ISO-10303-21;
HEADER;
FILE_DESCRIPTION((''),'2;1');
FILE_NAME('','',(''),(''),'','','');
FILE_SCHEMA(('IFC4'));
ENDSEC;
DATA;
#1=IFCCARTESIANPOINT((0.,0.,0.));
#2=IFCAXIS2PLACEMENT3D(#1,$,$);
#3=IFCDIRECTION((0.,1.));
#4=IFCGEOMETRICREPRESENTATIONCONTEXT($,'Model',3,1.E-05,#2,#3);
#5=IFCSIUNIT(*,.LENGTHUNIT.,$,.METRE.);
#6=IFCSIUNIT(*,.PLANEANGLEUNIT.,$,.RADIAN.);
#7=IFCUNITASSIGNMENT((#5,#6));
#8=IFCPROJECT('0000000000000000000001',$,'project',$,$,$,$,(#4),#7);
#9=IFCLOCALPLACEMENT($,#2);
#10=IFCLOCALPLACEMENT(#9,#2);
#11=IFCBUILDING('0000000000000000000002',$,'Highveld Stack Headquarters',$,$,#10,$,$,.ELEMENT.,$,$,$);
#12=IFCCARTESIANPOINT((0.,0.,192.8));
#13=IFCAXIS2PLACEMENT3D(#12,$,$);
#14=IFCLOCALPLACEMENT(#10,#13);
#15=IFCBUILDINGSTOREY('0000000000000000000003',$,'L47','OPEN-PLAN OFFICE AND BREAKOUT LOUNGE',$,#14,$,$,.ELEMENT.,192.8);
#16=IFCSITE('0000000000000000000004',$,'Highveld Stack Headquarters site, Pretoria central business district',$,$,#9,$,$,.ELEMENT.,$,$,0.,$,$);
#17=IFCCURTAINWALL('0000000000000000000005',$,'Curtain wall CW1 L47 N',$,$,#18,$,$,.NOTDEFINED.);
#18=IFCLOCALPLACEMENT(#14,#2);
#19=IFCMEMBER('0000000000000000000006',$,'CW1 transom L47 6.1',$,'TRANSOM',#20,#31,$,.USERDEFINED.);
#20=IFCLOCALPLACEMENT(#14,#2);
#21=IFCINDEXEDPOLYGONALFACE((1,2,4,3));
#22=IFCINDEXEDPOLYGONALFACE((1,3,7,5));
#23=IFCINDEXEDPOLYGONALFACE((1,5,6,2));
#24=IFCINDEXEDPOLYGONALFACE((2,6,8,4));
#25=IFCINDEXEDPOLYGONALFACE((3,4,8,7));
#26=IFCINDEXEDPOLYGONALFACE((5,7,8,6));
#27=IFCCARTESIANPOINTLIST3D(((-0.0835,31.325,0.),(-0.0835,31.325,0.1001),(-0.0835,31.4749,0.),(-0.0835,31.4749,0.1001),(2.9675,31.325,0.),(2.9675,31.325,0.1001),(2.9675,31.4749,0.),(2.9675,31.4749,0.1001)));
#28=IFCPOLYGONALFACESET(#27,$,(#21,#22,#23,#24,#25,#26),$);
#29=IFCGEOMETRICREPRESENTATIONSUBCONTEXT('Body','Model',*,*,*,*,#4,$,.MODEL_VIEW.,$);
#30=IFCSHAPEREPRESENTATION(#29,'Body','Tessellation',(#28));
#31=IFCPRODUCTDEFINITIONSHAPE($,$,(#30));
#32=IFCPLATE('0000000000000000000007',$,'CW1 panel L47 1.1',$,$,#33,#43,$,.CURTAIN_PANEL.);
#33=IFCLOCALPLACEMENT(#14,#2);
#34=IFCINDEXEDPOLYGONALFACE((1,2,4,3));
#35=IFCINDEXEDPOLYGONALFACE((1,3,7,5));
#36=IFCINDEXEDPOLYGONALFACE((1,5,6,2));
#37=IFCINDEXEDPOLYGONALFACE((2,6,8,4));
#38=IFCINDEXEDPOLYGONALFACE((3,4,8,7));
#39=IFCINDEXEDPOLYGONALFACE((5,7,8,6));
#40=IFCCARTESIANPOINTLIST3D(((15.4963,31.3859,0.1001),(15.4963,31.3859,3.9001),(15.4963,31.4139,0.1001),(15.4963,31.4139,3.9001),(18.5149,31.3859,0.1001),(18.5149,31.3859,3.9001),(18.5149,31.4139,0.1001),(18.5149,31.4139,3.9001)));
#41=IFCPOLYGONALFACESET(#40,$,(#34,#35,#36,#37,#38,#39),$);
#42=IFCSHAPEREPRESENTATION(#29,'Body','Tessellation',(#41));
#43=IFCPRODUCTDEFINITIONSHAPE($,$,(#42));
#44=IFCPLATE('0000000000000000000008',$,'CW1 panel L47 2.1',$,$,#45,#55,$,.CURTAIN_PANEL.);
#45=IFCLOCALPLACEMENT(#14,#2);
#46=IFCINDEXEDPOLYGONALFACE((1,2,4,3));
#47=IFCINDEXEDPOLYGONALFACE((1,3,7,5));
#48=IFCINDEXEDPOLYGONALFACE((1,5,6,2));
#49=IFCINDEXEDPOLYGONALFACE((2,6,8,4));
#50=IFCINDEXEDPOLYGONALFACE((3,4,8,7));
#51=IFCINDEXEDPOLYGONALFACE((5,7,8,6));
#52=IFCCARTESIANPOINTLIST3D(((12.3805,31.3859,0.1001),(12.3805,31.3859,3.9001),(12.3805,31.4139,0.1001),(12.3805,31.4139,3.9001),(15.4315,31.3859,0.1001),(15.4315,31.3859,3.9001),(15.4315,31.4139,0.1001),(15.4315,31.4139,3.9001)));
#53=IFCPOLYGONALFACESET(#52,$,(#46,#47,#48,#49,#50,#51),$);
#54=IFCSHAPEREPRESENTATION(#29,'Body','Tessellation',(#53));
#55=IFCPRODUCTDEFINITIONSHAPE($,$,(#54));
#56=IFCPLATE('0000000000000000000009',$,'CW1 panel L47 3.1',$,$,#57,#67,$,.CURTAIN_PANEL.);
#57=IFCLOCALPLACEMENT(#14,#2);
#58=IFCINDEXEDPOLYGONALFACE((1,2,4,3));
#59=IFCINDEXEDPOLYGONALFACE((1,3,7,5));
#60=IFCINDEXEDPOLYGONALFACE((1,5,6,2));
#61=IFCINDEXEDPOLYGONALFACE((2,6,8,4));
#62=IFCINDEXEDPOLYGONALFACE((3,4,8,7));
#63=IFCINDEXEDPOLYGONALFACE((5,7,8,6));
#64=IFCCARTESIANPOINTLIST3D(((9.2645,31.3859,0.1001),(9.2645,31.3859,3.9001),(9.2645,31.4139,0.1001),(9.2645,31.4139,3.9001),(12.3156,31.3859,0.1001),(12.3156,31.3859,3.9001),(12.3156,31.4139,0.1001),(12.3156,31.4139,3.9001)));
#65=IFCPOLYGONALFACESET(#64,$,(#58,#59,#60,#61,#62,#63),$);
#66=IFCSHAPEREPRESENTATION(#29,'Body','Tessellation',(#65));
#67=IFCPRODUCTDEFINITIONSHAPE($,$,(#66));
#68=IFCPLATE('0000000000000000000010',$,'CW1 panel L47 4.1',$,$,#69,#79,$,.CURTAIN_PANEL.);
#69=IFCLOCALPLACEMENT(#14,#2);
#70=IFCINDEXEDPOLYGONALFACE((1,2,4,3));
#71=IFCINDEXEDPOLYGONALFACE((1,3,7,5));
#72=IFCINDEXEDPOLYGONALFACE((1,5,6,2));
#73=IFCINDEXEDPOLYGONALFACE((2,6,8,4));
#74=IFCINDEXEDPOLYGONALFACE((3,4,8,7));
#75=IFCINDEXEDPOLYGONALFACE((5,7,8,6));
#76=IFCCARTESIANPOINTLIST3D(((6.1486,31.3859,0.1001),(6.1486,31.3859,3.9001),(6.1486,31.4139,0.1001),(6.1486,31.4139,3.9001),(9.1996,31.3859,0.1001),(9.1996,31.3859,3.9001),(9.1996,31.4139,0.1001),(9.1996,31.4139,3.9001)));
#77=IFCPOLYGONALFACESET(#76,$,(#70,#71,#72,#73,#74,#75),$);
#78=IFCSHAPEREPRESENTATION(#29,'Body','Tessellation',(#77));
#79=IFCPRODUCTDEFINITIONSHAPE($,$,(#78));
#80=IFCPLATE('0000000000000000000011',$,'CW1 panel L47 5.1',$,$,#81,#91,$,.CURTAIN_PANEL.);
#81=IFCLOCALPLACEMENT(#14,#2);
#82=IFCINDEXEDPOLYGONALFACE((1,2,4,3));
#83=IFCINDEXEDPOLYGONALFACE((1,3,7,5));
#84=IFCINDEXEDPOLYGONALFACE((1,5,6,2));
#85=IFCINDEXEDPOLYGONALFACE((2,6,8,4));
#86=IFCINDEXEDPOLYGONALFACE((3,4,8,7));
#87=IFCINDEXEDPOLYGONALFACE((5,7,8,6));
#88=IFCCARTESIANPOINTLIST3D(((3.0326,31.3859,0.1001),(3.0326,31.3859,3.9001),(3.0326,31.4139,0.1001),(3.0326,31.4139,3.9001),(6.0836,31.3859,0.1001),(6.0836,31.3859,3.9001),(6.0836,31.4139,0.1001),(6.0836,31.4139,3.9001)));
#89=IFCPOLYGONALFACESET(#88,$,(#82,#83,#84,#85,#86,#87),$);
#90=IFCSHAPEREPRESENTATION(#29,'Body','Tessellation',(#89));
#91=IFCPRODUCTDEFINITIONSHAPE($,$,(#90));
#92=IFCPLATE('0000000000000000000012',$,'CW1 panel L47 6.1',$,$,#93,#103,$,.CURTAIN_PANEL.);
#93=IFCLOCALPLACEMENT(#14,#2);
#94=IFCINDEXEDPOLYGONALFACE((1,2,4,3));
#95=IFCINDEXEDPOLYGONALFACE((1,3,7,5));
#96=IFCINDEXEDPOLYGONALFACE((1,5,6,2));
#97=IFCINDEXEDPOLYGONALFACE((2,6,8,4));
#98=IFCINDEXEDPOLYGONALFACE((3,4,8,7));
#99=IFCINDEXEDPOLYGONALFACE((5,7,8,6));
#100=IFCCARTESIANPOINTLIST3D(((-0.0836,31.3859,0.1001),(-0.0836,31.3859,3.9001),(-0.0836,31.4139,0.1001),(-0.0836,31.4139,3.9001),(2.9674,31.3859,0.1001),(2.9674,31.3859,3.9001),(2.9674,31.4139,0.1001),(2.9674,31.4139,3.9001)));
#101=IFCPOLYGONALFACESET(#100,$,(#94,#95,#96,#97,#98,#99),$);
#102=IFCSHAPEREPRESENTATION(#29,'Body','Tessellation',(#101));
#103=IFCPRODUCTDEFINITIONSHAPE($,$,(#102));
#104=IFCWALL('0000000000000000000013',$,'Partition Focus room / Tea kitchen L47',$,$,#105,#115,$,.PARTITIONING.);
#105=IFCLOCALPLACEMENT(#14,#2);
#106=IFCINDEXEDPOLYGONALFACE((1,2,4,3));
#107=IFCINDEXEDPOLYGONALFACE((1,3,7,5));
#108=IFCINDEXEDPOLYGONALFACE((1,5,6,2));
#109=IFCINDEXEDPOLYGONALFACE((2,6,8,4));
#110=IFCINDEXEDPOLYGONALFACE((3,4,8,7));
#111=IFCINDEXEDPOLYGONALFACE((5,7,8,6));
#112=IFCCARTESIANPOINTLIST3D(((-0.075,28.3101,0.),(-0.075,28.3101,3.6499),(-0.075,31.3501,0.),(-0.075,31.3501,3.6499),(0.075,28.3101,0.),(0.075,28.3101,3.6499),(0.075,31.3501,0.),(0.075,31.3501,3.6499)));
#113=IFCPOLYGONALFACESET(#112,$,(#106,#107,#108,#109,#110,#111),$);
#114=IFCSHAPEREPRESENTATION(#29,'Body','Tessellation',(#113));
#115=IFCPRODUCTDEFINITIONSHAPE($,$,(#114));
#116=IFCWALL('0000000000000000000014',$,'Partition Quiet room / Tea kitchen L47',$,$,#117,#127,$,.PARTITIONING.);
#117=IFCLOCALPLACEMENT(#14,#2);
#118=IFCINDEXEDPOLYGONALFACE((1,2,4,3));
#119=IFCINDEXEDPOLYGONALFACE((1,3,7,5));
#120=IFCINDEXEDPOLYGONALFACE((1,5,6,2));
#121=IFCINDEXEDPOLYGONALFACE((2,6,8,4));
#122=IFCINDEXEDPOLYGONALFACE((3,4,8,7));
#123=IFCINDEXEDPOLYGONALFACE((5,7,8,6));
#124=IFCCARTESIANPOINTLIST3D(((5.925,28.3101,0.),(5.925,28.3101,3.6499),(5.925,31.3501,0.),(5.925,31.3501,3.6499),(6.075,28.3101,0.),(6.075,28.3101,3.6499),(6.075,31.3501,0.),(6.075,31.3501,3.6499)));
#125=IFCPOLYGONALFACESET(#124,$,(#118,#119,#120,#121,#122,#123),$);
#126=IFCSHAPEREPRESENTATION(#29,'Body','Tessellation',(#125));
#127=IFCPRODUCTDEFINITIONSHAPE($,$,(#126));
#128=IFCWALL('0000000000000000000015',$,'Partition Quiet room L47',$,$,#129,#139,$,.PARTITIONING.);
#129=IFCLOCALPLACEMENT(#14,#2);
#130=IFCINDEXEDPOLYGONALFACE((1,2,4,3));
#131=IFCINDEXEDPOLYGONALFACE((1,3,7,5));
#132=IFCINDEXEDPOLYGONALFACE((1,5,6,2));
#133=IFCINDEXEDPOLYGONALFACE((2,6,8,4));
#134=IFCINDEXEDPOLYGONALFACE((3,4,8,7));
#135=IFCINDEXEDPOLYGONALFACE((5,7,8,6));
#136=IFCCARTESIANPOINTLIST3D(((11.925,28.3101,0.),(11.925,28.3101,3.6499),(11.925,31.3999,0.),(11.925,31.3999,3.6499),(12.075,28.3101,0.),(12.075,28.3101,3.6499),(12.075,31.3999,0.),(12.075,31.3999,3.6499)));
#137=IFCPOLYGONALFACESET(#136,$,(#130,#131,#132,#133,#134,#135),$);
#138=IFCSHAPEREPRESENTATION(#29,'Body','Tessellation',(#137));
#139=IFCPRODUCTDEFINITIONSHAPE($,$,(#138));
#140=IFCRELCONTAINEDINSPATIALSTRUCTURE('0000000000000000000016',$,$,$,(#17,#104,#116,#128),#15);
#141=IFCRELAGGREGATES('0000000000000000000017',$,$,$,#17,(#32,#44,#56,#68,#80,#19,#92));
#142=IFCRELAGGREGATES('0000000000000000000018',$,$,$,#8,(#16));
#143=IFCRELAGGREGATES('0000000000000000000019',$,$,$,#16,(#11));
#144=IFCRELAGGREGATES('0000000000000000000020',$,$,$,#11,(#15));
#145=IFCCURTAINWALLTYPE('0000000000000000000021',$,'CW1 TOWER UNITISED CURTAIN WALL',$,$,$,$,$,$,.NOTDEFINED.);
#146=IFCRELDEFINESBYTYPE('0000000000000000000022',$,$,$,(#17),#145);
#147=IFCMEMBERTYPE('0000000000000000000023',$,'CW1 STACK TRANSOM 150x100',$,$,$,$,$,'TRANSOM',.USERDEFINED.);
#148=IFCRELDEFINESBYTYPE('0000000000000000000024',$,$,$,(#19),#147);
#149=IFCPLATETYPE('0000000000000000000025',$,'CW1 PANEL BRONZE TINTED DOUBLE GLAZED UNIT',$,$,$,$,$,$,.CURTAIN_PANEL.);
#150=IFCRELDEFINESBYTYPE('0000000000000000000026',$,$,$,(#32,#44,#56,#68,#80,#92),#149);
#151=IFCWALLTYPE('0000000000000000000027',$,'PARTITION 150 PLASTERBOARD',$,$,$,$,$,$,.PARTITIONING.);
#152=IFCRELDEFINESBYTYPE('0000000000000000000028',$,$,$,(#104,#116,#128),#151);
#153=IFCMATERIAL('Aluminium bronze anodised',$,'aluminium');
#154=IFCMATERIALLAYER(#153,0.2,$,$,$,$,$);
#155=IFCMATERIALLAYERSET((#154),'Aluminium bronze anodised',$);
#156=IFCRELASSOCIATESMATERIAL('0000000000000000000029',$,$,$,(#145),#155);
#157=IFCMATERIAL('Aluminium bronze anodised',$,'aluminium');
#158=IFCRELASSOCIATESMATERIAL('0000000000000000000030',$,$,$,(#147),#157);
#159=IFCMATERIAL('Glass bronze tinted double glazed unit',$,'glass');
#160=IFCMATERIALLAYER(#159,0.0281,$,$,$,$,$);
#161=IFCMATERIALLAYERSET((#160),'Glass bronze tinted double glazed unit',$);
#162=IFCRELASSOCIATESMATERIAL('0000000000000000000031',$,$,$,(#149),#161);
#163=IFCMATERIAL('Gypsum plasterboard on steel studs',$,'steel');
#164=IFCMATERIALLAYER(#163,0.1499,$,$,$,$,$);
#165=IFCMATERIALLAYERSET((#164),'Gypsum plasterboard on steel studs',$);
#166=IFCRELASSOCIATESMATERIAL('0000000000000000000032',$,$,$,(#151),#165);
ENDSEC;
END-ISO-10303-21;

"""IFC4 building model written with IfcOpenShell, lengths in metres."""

from ifc_helpers import new_model, si_unit, direction, frame, frame_2d, origin, origin_2d, place, context, subcontext, project, spatial, rectangle, extrude, material, layer, layer_set, material_profile, profile_set, type_object, element, aggregate, save


model = new_model("IFC4")

# Units and contexts
model_context = context("Model", 3, precision=1e-05, world=origin(), true_north=direction((0.0, 1.0)))
body_context = subcontext(model_context, "Body", "Model", "MODEL_VIEW")
ifc_project = project(units=[si_unit("LENGTHUNIT", "METRE"), si_unit("PLANEANGLEUNIT", "RADIAN")], contexts=[model_context])

# Site, building, storey
site_placement = place(None, origin())
site = spatial("IfcSite", under=ifc_project, at=site_placement, Name="Highveld Stack Headquarters site, Pretoria central business district", CompositionType="ELEMENT", RefElevation=0.0)
building_placement = place(site_placement, origin())
building = spatial("IfcBuilding", under=site, at=building_placement, Name="Highveld Stack Headquarters", CompositionType="ELEMENT")
storey_placement = place(building_placement, frame((0.0, 0.0, 192.8)))
storey = spatial("IfcBuildingStorey", under=building, at=storey_placement, Name="L47", Description="OPEN-PLAN OFFICE AND BREAKOUT LOUNGE", CompositionType="ELEMENT", Elevation=192.8)

# Curtain wall, member, plates
ifc_material_1 = material(Name="Aluminium bronze anodised", Category="aluminium")
ifc_layer_1 = layer(ifc_material_1, 0.2)
ifc_layer_set_1 = layer_set([ifc_layer_1], Name="Aluminium bronze anodised")
curtain_wall_type = type_object("IfcCurtainWallType", Name="CW1 TOWER UNITISED CURTAIN WALL", PredefinedType="NOTDEFINED", material=ifc_layer_set_1)
curtain_wall_placement = place(storey_placement, origin())
curtain_wall = element("IfcCurtainWall", 1, at=curtain_wall_placement, inside=storey, type_object=curtain_wall_type, Name="Curtain wall CW1 L47 N", PredefinedType="NOTDEFINED")
ifc_material_2 = material(Name="Aluminium bronze anodised", Category="aluminium")
ifc_material_profile_1 = material_profile(ifc_material_2, rectangle(XDim=0.1499, YDim=0.1001, at=origin_2d()), Name="CW1 TRANSOM 150x100")
ifc_profile_set_1 = profile_set([ifc_material_profile_1], Name="Aluminium bronze anodised")
member_type_1 = type_object("IfcMemberType", Name="CW1 STACK TRANSOM 150x100", ElementType="TRANSOM", PredefinedType="USERDEFINED", material=ifc_profile_set_1)
member_1_placement = place(storey_placement, frame((2.9675, 31.3999, 0.05), z_axis=(-1.0, 0.0, 0.0), x_axis=(0.0, -1.0, 0.0)))
member_1 = element("IfcMember", 2, at=member_1_placement, type_object=member_type_1, Name="CW1 transom L47 6.1", ObjectType="TRANSOM", PredefinedType="USERDEFINED", context=body_context, shape_type="SweptSolid", body=[
    extrude(rectangle(XDim=0.1499, YDim=0.1001, at=origin_2d()), origin(), (0.0, 0.0, 1.0), 3.051),
])
ifc_material_3 = material(Name="Glass bronze tinted double glazed unit", Category="glass")
ifc_layer_2 = layer(ifc_material_3, 0.0281)
ifc_layer_set_2 = layer_set([ifc_layer_2], Name="Glass bronze tinted double glazed unit")
plate_type = type_object("IfcPlateType", Name="CW1 PANEL BRONZE TINTED DOUBLE GLAZED UNIT", PredefinedType="CURTAIN_PANEL", material=ifc_layer_set_2)
plate_1_placement = place(storey_placement, frame((17.0056, 31.3999, 0.1001), z_axis=(0.0, 0.0, 1.0), x_axis=(-1.0, 0.0, 0.0)))
plate_1 = element("IfcPlate", 3, at=plate_1_placement, type_object=plate_type, Name="CW1 panel L47 1.1", PredefinedType="CURTAIN_PANEL", context=body_context, shape_type="SweptSolid", body=[
    extrude(rectangle(XDim=3.0186, YDim=0.0281, at=origin_2d()), origin(), (0.0, 0.0, 1.0), 3.8),
])
plate_2_placement = place(storey_placement, frame((13.906, 31.3999, 0.1001), z_axis=(0.0, 0.0, 1.0), x_axis=(-1.0, 0.0, 0.0)))
plate_2 = element("IfcPlate", 4, at=plate_2_placement, type_object=plate_type, Name="CW1 panel L47 2.1", PredefinedType="CURTAIN_PANEL", context=body_context, shape_type="SweptSolid", body=[
    extrude(rectangle(XDim=3.051, YDim=0.0281, at=origin_2d()), origin(), (0.0, 0.0, 1.0), 3.8),
])
plate_3_placement = place(storey_placement, frame((10.79, 31.3999, 0.1001), z_axis=(0.0, 0.0, 1.0), x_axis=(-1.0, 0.0, 0.0)))
plate_3 = element("IfcPlate", 5, at=plate_3_placement, type_object=plate_type, Name="CW1 panel L47 3.1", PredefinedType="CURTAIN_PANEL", context=body_context, shape_type="SweptSolid", body=[
    extrude(rectangle(XDim=3.051, YDim=0.0281, at=origin_2d()), origin(), (0.0, 0.0, 1.0), 3.8),
])
plate_4_placement = place(storey_placement, frame((7.6741, 31.3999, 0.1001), z_axis=(0.0, 0.0, 1.0), x_axis=(-1.0, 0.0, 0.0)))
plate_4 = element("IfcPlate", 6, at=plate_4_placement, type_object=plate_type, Name="CW1 panel L47 4.1", PredefinedType="CURTAIN_PANEL", context=body_context, shape_type="SweptSolid", body=[
    extrude(rectangle(XDim=3.051, YDim=0.0281, at=origin_2d()), origin(), (0.0, 0.0, 1.0), 3.8),
])
plate_5_placement = place(storey_placement, frame((4.5581, 31.3999, 0.1001), z_axis=(0.0, 0.0, 1.0), x_axis=(-1.0, 0.0, 0.0)))
plate_5 = element("IfcPlate", 7, at=plate_5_placement, type_object=plate_type, Name="CW1 panel L47 5.1", PredefinedType="CURTAIN_PANEL", context=body_context, shape_type="SweptSolid", body=[
    extrude(rectangle(XDim=3.051, YDim=0.0281, at=origin_2d()), origin(), (0.0, 0.0, 1.0), 3.8),
])
plate_6_placement = place(storey_placement, frame((1.4419, 31.3999, 0.1001), z_axis=(0.0, 0.0, 1.0), x_axis=(-1.0, 0.0, 0.0)))
plate_6 = element("IfcPlate", 8, at=plate_6_placement, type_object=plate_type, Name="CW1 panel L47 6.1", PredefinedType="CURTAIN_PANEL", context=body_context, shape_type="SweptSolid", body=[
    extrude(rectangle(XDim=3.051, YDim=0.0281, at=origin_2d()), origin(), (0.0, 0.0, 1.0), 3.8),
])
aggregate(curtain_wall, [plate_1, plate_2, plate_3, plate_4, plate_5, member_1, plate_6])

# Walls
ifc_material_4 = material(Name="Gypsum plasterboard on steel studs", Category="steel")
ifc_layer_3 = layer(ifc_material_4, 0.1499)
ifc_layer_set_3 = layer_set([ifc_layer_3], Name="Gypsum plasterboard on steel studs")
wall_type = type_object("IfcWallType", Name="PARTITION 150 PLASTERBOARD", PredefinedType="PARTITIONING", material=ifc_layer_set_3)
for number, where, z_axis, x_axis, name in (
    (9, (0.0, 28.3101, 0.0), (0.0, 0.0, 1.0), (0.0, 1.0, 0.0), "Partition Focus room / Tea kitchen L47"),
    (10, (6.0, 28.3101, 0.0), (0.0, 0.0, 1.0), (0.0, 1.0, 0.0), "Partition Quiet room / Tea kitchen L47"),
):
    element("IfcWall", number, at=place(storey_placement, frame(where, z_axis=z_axis, x_axis=x_axis)), inside=storey, type_object=wall_type, Name=name, PredefinedType="PARTITIONING", context=body_context, shape_type="SweptSolid", body=[
        extrude(rectangle(XDim=3.04, YDim=0.1499, at=frame_2d((1.52, 0.0))), origin(), (0.0, 0.0, 1.0), 3.6499),
    ])
wall_placement = place(storey_placement, frame((12.0, 28.3101, 0.0), z_axis=(0.0, 0.0, 1.0), x_axis=(0.0, 1.0, 0.0)))
element("IfcWall", 11, at=wall_placement, inside=storey, type_object=wall_type, Name="Partition Quiet room L47", PredefinedType="PARTITIONING", context=body_context, shape_type="SweptSolid", body=[
    extrude(rectangle(XDim=3.0898, YDim=0.1499, at=frame_2d((1.5449, 0.0))), origin(), (0.0, 0.0, 1.0), 3.6499),
])

save(model, "model.ifc")
